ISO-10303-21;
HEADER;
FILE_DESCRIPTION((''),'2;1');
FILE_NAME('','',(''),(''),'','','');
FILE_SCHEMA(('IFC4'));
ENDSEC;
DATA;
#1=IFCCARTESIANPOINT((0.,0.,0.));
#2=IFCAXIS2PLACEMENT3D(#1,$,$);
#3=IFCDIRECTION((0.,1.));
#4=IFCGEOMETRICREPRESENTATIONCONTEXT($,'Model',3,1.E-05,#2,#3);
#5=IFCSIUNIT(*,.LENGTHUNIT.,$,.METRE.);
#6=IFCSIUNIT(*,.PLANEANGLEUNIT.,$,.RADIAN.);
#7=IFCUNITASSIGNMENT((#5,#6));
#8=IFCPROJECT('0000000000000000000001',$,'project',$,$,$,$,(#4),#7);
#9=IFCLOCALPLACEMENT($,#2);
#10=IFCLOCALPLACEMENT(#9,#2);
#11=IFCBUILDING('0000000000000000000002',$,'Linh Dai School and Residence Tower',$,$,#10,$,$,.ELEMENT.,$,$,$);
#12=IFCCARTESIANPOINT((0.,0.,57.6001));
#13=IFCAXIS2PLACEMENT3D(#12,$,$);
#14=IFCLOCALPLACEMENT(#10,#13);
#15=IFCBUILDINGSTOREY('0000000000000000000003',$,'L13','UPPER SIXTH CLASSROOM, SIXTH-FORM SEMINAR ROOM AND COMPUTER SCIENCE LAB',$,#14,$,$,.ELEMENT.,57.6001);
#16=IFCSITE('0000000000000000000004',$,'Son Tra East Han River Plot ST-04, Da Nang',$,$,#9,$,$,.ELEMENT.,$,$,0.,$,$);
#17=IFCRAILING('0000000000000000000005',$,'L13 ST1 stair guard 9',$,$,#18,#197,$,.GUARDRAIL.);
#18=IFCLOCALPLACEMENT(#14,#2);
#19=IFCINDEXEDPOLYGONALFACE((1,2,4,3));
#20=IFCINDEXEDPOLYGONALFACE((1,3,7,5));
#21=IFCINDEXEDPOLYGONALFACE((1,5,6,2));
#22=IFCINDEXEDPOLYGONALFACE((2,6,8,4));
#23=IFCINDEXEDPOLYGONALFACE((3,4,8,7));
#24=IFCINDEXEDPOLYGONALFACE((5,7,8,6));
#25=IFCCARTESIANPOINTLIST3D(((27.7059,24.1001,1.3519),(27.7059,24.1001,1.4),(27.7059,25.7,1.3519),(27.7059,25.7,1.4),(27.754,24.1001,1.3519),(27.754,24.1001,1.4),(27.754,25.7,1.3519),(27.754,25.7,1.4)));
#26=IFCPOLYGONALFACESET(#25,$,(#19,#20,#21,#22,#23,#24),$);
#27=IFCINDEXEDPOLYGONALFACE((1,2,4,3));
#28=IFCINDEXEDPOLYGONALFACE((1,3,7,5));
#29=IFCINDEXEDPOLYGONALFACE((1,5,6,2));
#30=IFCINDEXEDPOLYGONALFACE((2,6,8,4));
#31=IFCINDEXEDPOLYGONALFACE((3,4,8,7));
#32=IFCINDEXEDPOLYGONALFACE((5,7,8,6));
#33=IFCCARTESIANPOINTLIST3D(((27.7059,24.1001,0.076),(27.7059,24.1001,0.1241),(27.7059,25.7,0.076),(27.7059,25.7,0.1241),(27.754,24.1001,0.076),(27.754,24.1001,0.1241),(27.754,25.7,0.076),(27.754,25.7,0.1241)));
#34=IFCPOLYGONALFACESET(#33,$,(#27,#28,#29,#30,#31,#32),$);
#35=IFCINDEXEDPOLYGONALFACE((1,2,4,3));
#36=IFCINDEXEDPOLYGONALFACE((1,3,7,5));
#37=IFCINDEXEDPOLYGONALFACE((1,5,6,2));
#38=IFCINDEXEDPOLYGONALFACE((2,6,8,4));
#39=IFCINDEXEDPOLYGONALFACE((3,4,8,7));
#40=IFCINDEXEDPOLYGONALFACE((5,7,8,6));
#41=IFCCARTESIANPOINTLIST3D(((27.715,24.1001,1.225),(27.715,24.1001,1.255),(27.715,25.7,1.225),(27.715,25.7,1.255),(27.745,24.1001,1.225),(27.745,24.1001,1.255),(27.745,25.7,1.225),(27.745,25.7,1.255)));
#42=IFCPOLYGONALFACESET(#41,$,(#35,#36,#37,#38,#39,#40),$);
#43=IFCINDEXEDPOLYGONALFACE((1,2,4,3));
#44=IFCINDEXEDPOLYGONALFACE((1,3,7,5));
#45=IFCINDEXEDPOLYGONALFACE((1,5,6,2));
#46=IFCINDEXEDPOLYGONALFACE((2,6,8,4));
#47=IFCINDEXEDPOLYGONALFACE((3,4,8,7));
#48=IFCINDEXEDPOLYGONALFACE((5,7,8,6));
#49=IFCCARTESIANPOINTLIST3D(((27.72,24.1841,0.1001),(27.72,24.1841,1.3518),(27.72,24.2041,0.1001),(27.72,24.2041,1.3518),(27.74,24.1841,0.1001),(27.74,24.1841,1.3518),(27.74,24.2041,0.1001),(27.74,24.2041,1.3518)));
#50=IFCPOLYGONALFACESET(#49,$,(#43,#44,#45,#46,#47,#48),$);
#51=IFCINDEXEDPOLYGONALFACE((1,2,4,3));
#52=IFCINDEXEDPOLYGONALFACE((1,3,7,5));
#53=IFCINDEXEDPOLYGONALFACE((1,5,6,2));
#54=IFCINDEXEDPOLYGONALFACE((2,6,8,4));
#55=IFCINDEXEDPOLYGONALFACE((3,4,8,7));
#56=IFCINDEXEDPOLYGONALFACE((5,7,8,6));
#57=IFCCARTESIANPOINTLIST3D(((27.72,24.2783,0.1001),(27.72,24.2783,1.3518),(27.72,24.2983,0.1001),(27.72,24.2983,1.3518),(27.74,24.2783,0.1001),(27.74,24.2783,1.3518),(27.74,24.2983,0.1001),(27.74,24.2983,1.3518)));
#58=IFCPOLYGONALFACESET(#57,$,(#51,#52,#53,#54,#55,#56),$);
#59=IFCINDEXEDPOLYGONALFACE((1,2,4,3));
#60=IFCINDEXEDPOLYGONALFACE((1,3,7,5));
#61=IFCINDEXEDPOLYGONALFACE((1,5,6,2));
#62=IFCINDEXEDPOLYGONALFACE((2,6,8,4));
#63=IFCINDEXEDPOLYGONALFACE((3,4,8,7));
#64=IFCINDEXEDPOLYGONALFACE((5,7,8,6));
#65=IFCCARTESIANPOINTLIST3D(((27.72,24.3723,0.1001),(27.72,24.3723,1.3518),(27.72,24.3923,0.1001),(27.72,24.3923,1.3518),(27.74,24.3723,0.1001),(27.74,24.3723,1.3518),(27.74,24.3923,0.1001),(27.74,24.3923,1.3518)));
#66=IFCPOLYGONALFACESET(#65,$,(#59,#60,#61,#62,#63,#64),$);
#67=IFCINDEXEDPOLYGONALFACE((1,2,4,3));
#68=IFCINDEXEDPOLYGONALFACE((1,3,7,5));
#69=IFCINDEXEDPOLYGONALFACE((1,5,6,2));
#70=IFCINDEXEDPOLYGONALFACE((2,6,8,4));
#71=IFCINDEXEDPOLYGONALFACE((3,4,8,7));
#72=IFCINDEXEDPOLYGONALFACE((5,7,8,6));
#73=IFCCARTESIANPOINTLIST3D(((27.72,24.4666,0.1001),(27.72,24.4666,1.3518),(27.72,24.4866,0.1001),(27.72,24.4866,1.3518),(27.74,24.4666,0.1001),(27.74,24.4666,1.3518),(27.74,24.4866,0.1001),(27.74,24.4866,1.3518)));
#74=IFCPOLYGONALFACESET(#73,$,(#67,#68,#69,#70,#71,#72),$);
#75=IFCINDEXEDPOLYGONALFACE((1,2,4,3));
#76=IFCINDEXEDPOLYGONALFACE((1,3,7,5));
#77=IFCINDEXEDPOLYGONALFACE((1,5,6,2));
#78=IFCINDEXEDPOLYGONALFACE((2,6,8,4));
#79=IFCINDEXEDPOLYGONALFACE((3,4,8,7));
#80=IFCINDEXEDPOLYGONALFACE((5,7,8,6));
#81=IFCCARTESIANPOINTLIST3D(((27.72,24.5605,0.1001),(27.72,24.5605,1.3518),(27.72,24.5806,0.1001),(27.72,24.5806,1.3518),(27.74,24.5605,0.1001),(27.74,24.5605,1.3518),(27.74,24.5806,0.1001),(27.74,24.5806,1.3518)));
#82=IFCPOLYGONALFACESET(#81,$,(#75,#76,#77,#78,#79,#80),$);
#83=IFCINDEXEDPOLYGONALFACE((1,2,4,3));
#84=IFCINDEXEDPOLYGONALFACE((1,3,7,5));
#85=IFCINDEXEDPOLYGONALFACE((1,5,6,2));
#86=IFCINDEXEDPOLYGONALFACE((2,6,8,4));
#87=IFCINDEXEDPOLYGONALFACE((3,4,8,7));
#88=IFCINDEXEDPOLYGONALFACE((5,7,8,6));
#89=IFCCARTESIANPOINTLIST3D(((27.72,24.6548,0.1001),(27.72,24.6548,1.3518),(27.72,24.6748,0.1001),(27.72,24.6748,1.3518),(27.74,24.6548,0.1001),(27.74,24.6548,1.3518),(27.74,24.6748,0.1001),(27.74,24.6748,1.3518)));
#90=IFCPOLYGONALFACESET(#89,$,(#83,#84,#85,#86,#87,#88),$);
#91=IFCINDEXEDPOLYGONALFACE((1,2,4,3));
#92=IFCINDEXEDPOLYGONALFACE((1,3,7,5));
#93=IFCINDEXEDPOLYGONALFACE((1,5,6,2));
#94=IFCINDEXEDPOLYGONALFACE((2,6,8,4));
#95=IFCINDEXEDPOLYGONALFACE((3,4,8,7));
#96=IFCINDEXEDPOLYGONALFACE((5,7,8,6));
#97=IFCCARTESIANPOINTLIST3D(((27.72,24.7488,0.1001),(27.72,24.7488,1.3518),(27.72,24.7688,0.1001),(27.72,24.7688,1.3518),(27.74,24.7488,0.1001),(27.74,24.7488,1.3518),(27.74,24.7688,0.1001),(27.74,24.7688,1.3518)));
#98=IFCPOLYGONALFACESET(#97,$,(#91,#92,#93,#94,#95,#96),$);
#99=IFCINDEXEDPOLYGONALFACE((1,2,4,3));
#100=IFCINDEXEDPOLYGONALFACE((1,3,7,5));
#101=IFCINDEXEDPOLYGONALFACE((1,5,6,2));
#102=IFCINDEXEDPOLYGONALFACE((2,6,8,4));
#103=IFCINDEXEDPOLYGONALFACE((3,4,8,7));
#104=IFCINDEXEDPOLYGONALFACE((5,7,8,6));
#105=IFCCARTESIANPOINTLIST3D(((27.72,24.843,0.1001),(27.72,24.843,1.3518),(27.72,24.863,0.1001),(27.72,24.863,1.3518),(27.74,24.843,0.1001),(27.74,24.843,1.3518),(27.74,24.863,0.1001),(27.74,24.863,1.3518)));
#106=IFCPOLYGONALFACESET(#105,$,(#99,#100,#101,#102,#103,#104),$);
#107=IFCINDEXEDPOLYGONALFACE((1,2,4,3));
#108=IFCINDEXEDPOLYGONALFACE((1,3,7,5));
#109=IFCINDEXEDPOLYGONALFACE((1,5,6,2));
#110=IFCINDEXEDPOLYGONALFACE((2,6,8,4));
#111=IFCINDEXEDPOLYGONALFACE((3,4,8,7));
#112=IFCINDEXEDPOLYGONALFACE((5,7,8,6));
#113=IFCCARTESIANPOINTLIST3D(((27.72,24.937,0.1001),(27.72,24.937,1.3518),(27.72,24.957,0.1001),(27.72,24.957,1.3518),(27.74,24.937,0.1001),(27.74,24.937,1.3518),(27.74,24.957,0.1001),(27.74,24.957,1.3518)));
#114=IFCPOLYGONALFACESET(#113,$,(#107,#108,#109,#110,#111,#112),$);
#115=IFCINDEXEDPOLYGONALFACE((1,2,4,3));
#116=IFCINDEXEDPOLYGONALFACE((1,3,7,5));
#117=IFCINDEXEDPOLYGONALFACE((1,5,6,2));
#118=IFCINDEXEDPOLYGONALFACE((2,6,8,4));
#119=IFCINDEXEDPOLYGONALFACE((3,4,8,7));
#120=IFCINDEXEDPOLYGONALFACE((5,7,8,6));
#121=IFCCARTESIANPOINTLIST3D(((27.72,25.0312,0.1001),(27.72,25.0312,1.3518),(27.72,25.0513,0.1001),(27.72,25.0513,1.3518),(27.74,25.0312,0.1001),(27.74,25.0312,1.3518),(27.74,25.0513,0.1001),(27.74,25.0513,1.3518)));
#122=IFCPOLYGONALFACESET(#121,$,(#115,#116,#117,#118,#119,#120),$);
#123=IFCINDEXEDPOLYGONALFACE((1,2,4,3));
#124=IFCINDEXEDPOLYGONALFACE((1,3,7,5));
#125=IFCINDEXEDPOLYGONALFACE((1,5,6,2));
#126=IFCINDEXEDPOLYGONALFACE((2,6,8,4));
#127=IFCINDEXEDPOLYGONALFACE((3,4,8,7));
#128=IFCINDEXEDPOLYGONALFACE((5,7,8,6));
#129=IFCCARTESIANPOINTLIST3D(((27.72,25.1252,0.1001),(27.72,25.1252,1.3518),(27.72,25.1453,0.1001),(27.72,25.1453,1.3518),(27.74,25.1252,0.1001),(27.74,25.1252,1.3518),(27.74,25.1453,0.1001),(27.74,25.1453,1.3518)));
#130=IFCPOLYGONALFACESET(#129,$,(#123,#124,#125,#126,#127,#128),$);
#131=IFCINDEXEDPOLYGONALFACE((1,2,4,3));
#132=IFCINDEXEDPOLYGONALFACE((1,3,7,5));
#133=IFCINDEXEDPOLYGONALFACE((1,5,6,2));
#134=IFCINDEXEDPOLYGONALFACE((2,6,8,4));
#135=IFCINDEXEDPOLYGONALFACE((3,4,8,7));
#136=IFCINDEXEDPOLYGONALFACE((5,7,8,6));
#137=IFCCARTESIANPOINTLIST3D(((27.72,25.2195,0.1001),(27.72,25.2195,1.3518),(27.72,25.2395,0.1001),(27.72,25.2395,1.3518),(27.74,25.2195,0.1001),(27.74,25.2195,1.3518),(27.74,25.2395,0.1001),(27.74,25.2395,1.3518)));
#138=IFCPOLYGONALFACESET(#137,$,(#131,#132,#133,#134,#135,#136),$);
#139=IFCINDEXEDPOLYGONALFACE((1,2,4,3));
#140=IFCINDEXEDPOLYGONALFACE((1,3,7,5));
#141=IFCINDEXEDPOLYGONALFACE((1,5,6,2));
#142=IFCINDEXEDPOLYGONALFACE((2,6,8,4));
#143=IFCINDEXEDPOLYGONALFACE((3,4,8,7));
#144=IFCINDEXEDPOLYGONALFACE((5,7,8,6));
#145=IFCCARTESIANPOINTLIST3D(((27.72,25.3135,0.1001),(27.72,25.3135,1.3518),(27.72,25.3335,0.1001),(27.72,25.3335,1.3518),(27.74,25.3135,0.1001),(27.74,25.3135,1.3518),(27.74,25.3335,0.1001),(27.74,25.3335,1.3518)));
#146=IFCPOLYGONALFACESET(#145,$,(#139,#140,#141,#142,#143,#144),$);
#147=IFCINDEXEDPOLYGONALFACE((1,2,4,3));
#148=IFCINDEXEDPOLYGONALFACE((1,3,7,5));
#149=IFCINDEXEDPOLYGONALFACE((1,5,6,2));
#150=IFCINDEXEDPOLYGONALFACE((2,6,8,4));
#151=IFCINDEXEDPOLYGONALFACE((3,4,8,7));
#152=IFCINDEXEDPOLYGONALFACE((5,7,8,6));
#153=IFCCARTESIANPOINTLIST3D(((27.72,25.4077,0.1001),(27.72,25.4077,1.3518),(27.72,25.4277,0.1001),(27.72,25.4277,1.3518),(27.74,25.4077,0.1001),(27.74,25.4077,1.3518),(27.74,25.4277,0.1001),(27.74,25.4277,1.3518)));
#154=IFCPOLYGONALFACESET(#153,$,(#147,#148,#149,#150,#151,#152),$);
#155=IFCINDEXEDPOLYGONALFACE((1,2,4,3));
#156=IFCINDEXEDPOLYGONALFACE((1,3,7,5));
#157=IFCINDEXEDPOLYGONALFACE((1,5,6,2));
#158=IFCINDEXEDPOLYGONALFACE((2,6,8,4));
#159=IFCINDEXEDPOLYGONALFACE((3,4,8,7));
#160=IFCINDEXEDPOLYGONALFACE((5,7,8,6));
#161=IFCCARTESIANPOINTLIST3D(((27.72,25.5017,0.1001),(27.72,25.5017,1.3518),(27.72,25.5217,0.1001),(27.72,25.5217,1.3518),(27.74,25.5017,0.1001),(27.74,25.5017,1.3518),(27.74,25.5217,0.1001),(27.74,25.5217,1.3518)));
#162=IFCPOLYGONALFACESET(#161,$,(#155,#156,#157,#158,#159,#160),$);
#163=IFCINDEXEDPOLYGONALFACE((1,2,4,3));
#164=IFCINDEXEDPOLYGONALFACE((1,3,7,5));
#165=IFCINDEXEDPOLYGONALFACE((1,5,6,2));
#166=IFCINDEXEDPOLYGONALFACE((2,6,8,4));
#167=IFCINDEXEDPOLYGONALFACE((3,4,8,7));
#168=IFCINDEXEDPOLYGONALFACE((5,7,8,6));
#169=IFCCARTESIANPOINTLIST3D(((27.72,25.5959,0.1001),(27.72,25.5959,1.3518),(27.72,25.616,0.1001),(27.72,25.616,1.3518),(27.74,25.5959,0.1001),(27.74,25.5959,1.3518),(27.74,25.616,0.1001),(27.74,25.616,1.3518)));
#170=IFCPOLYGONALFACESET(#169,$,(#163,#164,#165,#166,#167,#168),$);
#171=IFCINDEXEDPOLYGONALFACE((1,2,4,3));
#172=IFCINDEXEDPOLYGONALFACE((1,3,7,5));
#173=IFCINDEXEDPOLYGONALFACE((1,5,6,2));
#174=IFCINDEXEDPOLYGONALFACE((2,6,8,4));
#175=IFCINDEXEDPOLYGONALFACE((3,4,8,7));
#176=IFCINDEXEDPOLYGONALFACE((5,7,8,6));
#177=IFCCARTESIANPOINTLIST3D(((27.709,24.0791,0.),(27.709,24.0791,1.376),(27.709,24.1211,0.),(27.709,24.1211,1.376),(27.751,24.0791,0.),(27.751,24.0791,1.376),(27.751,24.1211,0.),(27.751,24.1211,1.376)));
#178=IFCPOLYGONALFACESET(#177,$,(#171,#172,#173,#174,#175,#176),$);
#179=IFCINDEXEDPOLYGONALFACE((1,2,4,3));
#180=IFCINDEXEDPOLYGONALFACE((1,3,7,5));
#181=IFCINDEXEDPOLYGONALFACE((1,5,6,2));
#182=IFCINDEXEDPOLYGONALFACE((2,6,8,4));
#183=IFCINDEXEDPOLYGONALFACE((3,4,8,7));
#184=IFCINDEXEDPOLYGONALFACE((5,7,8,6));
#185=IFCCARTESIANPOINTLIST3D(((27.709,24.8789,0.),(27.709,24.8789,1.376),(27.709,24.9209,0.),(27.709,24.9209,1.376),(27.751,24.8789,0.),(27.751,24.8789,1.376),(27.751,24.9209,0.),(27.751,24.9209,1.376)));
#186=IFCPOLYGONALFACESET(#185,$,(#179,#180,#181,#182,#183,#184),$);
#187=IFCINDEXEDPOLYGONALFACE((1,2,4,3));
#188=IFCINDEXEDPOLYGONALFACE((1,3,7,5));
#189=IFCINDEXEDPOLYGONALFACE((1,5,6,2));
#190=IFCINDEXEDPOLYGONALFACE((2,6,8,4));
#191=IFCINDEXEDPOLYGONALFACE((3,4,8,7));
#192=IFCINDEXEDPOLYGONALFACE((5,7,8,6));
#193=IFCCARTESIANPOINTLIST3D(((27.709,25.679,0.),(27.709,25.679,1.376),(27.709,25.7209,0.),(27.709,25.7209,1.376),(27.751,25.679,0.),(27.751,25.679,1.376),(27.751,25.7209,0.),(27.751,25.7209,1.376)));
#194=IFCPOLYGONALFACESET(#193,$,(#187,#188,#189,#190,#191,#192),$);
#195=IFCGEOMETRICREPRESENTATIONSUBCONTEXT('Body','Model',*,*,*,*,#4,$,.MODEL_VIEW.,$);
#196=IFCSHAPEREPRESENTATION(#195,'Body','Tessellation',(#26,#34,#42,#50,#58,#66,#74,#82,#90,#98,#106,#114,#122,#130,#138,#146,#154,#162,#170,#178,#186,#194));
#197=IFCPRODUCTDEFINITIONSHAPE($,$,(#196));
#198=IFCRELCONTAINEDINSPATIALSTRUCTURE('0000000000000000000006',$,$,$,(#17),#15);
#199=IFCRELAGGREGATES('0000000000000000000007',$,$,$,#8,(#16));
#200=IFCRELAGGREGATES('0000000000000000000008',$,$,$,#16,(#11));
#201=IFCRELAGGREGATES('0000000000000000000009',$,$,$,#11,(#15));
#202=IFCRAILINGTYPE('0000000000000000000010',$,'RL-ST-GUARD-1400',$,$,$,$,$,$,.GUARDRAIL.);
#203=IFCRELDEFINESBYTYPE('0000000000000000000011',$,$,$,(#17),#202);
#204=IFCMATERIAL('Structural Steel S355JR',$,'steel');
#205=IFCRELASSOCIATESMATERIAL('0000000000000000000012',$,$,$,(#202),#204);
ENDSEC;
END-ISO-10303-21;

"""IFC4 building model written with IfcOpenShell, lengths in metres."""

from ifc_helpers import new_model, si_unit, direction, frame, origin, origin_2d, place, context, subcontext, project, spatial, rectangle, extrude, source, transform, mapped, material, type_object, element, save


model = new_model("IFC4")

# Units and contexts
model_context = context("Model", 3, precision=1e-05, world=origin(), true_north=direction((0.0, 1.0)))
body_context = subcontext(model_context, "Body", "Model", "MODEL_VIEW")
ifc_project = project(units=[si_unit("LENGTHUNIT", "METRE"), si_unit("PLANEANGLEUNIT", "RADIAN")], contexts=[model_context])

# Site, building, storey
site_placement = place(None, origin())
site = spatial("IfcSite", under=ifc_project, at=site_placement, Name="Son Tra East Han River Plot ST-04, Da Nang", CompositionType="ELEMENT", RefElevation=0.0)
building_placement = place(site_placement, origin())
building = spatial("IfcBuilding", under=site, at=building_placement, Name="Linh Dai School and Residence Tower", CompositionType="ELEMENT")
storey_placement = place(building_placement, frame((0.0, 0.0, 57.6001)))
storey = spatial("IfcBuildingStorey", under=building, at=storey_placement, Name="L13", Description="UPPER SIXTH CLASSROOM, SIXTH-FORM SEMINAR ROOM AND COMPUTER SCIENCE LAB", CompositionType="ELEMENT", Elevation=57.6001)

# Shared definitions
ifc_material_1 = material(Name="Structural Steel S355JR", Category="steel")

# Railing
railing_type_1 = type_object("IfcRailingType", Name="RL-ST-GUARD-1400", PredefinedType="GUARDRAIL", material=ifc_material_1)
shared_shape_1 = source(origin(), body_context, "Body", "SweptSolid", [
    extrude(rectangle(XDim=0.0481, YDim=0.0481, at=origin_2d()), frame((0.0, 0.0, 1.376), z_axis=(0.0, 1.0, 0.0), x_axis=(-1.0, 0.0, 0.0)), (0.0, 0.0, 1.0), 1.5999),
    extrude(rectangle(XDim=0.0481, YDim=0.0481, at=origin_2d()), frame((0.0, 0.0, 0.1001), z_axis=(0.0, 1.0, 0.0), x_axis=(-1.0, 0.0, 0.0)), (0.0, 0.0, 1.0), 1.5999),
    extrude(rectangle(XDim=0.03, YDim=0.03, at=origin_2d()), frame((0.0, 0.0, 1.24), z_axis=(0.0, 1.0, 0.0), x_axis=(-1.0, 0.0, 0.0)), (0.0, 0.0, 1.0), 1.5999),
    extrude(rectangle(XDim=0.02, YDim=0.02, at=origin_2d()), frame((0.0, 0.094, 0.1001)), (0.0, 0.0, 1.0), 1.2517),
    extrude(rectangle(XDim=0.02, YDim=0.02, at=origin_2d()), frame((0.0, 0.1882, 0.1001)), (0.0, 0.0, 1.0), 1.2517),
    extrude(rectangle(XDim=0.02, YDim=0.02, at=origin_2d()), frame((0.0, 0.2822, 0.1001)), (0.0, 0.0, 1.0), 1.2517),
    extrude(rectangle(XDim=0.02, YDim=0.02, at=origin_2d()), frame((0.0, 0.3765, 0.1001)), (0.0, 0.0, 1.0), 1.2517),
    extrude(rectangle(XDim=0.02, YDim=0.02, at=origin_2d()), frame((0.0, 0.4705, 0.1001)), (0.0, 0.0, 1.0), 1.2517),
    extrude(rectangle(XDim=0.02, YDim=0.02, at=origin_2d()), frame((0.0, 0.5647, 0.1001)), (0.0, 0.0, 1.0), 1.2517),
    extrude(rectangle(XDim=0.02, YDim=0.02, at=origin_2d()), frame((0.0, 0.6587, 0.1001)), (0.0, 0.0, 1.0), 1.2517),
    extrude(rectangle(XDim=0.02, YDim=0.02, at=origin_2d()), frame((0.0, 0.7529, 0.1001)), (0.0, 0.0, 1.0), 1.2517),
    extrude(rectangle(XDim=0.02, YDim=0.02, at=origin_2d()), frame((0.0, 0.8469, 0.1001)), (0.0, 0.0, 1.0), 1.2517),
    extrude(rectangle(XDim=0.02, YDim=0.02, at=origin_2d()), frame((0.0, 0.9412, 0.1001)), (0.0, 0.0, 1.0), 1.2517),
    extrude(rectangle(XDim=0.02, YDim=0.02, at=origin_2d()), frame((0.0, 1.0352, 0.1001)), (0.0, 0.0, 1.0), 1.2517),
    extrude(rectangle(XDim=0.02, YDim=0.02, at=origin_2d()), frame((0.0, 1.1294, 0.1001)), (0.0, 0.0, 1.0), 1.2517),
    extrude(rectangle(XDim=0.02, YDim=0.02, at=origin_2d()), frame((0.0, 1.2234, 0.1001)), (0.0, 0.0, 1.0), 1.2517),
    extrude(rectangle(XDim=0.02, YDim=0.02, at=origin_2d()), frame((0.0, 1.3176, 0.1001)), (0.0, 0.0, 1.0), 1.2517),
    extrude(rectangle(XDim=0.02, YDim=0.02, at=origin_2d()), frame((0.0, 1.4116, 0.1001)), (0.0, 0.0, 1.0), 1.2517),
    extrude(rectangle(XDim=0.02, YDim=0.02, at=origin_2d()), frame((0.0, 1.5059, 0.1001)), (0.0, 0.0, 1.0), 1.2517),
    extrude(rectangle(XDim=0.042, YDim=0.042, at=origin_2d()), origin(), (0.0, 0.0, 1.0), 1.376),
    extrude(rectangle(XDim=0.042, YDim=0.042, at=origin_2d()), frame((0.0, 0.7998, 0.0)), (0.0, 0.0, 1.0), 1.376),
    extrude(rectangle(XDim=0.042, YDim=0.042, at=origin_2d()), frame((0.0, 1.5999, 0.0)), (0.0, 0.0, 1.0), 1.376),
])
for number, where, name in (
    (1, (27.73, 24.1001, 0.0), "L13 ST1 stair guard 9"),
):
    element("IfcRailing", number, at=place(storey_placement, frame(where)), inside=storey, type_object=railing_type_1, Name=name, PredefinedType="GUARDRAIL", context=body_context, shape_type="MappedRepresentation", body=[
        mapped(shared_shape_1, transform((0.0, 0.0, 0.0), x_axis=(1.0, 0.0, 0.0), y_axis=(0.0, 1.0, 0.0), z_axis=(0.0, 0.0, 1.0), scale=1.0)),
    ])

save(model, "model.ifc")
